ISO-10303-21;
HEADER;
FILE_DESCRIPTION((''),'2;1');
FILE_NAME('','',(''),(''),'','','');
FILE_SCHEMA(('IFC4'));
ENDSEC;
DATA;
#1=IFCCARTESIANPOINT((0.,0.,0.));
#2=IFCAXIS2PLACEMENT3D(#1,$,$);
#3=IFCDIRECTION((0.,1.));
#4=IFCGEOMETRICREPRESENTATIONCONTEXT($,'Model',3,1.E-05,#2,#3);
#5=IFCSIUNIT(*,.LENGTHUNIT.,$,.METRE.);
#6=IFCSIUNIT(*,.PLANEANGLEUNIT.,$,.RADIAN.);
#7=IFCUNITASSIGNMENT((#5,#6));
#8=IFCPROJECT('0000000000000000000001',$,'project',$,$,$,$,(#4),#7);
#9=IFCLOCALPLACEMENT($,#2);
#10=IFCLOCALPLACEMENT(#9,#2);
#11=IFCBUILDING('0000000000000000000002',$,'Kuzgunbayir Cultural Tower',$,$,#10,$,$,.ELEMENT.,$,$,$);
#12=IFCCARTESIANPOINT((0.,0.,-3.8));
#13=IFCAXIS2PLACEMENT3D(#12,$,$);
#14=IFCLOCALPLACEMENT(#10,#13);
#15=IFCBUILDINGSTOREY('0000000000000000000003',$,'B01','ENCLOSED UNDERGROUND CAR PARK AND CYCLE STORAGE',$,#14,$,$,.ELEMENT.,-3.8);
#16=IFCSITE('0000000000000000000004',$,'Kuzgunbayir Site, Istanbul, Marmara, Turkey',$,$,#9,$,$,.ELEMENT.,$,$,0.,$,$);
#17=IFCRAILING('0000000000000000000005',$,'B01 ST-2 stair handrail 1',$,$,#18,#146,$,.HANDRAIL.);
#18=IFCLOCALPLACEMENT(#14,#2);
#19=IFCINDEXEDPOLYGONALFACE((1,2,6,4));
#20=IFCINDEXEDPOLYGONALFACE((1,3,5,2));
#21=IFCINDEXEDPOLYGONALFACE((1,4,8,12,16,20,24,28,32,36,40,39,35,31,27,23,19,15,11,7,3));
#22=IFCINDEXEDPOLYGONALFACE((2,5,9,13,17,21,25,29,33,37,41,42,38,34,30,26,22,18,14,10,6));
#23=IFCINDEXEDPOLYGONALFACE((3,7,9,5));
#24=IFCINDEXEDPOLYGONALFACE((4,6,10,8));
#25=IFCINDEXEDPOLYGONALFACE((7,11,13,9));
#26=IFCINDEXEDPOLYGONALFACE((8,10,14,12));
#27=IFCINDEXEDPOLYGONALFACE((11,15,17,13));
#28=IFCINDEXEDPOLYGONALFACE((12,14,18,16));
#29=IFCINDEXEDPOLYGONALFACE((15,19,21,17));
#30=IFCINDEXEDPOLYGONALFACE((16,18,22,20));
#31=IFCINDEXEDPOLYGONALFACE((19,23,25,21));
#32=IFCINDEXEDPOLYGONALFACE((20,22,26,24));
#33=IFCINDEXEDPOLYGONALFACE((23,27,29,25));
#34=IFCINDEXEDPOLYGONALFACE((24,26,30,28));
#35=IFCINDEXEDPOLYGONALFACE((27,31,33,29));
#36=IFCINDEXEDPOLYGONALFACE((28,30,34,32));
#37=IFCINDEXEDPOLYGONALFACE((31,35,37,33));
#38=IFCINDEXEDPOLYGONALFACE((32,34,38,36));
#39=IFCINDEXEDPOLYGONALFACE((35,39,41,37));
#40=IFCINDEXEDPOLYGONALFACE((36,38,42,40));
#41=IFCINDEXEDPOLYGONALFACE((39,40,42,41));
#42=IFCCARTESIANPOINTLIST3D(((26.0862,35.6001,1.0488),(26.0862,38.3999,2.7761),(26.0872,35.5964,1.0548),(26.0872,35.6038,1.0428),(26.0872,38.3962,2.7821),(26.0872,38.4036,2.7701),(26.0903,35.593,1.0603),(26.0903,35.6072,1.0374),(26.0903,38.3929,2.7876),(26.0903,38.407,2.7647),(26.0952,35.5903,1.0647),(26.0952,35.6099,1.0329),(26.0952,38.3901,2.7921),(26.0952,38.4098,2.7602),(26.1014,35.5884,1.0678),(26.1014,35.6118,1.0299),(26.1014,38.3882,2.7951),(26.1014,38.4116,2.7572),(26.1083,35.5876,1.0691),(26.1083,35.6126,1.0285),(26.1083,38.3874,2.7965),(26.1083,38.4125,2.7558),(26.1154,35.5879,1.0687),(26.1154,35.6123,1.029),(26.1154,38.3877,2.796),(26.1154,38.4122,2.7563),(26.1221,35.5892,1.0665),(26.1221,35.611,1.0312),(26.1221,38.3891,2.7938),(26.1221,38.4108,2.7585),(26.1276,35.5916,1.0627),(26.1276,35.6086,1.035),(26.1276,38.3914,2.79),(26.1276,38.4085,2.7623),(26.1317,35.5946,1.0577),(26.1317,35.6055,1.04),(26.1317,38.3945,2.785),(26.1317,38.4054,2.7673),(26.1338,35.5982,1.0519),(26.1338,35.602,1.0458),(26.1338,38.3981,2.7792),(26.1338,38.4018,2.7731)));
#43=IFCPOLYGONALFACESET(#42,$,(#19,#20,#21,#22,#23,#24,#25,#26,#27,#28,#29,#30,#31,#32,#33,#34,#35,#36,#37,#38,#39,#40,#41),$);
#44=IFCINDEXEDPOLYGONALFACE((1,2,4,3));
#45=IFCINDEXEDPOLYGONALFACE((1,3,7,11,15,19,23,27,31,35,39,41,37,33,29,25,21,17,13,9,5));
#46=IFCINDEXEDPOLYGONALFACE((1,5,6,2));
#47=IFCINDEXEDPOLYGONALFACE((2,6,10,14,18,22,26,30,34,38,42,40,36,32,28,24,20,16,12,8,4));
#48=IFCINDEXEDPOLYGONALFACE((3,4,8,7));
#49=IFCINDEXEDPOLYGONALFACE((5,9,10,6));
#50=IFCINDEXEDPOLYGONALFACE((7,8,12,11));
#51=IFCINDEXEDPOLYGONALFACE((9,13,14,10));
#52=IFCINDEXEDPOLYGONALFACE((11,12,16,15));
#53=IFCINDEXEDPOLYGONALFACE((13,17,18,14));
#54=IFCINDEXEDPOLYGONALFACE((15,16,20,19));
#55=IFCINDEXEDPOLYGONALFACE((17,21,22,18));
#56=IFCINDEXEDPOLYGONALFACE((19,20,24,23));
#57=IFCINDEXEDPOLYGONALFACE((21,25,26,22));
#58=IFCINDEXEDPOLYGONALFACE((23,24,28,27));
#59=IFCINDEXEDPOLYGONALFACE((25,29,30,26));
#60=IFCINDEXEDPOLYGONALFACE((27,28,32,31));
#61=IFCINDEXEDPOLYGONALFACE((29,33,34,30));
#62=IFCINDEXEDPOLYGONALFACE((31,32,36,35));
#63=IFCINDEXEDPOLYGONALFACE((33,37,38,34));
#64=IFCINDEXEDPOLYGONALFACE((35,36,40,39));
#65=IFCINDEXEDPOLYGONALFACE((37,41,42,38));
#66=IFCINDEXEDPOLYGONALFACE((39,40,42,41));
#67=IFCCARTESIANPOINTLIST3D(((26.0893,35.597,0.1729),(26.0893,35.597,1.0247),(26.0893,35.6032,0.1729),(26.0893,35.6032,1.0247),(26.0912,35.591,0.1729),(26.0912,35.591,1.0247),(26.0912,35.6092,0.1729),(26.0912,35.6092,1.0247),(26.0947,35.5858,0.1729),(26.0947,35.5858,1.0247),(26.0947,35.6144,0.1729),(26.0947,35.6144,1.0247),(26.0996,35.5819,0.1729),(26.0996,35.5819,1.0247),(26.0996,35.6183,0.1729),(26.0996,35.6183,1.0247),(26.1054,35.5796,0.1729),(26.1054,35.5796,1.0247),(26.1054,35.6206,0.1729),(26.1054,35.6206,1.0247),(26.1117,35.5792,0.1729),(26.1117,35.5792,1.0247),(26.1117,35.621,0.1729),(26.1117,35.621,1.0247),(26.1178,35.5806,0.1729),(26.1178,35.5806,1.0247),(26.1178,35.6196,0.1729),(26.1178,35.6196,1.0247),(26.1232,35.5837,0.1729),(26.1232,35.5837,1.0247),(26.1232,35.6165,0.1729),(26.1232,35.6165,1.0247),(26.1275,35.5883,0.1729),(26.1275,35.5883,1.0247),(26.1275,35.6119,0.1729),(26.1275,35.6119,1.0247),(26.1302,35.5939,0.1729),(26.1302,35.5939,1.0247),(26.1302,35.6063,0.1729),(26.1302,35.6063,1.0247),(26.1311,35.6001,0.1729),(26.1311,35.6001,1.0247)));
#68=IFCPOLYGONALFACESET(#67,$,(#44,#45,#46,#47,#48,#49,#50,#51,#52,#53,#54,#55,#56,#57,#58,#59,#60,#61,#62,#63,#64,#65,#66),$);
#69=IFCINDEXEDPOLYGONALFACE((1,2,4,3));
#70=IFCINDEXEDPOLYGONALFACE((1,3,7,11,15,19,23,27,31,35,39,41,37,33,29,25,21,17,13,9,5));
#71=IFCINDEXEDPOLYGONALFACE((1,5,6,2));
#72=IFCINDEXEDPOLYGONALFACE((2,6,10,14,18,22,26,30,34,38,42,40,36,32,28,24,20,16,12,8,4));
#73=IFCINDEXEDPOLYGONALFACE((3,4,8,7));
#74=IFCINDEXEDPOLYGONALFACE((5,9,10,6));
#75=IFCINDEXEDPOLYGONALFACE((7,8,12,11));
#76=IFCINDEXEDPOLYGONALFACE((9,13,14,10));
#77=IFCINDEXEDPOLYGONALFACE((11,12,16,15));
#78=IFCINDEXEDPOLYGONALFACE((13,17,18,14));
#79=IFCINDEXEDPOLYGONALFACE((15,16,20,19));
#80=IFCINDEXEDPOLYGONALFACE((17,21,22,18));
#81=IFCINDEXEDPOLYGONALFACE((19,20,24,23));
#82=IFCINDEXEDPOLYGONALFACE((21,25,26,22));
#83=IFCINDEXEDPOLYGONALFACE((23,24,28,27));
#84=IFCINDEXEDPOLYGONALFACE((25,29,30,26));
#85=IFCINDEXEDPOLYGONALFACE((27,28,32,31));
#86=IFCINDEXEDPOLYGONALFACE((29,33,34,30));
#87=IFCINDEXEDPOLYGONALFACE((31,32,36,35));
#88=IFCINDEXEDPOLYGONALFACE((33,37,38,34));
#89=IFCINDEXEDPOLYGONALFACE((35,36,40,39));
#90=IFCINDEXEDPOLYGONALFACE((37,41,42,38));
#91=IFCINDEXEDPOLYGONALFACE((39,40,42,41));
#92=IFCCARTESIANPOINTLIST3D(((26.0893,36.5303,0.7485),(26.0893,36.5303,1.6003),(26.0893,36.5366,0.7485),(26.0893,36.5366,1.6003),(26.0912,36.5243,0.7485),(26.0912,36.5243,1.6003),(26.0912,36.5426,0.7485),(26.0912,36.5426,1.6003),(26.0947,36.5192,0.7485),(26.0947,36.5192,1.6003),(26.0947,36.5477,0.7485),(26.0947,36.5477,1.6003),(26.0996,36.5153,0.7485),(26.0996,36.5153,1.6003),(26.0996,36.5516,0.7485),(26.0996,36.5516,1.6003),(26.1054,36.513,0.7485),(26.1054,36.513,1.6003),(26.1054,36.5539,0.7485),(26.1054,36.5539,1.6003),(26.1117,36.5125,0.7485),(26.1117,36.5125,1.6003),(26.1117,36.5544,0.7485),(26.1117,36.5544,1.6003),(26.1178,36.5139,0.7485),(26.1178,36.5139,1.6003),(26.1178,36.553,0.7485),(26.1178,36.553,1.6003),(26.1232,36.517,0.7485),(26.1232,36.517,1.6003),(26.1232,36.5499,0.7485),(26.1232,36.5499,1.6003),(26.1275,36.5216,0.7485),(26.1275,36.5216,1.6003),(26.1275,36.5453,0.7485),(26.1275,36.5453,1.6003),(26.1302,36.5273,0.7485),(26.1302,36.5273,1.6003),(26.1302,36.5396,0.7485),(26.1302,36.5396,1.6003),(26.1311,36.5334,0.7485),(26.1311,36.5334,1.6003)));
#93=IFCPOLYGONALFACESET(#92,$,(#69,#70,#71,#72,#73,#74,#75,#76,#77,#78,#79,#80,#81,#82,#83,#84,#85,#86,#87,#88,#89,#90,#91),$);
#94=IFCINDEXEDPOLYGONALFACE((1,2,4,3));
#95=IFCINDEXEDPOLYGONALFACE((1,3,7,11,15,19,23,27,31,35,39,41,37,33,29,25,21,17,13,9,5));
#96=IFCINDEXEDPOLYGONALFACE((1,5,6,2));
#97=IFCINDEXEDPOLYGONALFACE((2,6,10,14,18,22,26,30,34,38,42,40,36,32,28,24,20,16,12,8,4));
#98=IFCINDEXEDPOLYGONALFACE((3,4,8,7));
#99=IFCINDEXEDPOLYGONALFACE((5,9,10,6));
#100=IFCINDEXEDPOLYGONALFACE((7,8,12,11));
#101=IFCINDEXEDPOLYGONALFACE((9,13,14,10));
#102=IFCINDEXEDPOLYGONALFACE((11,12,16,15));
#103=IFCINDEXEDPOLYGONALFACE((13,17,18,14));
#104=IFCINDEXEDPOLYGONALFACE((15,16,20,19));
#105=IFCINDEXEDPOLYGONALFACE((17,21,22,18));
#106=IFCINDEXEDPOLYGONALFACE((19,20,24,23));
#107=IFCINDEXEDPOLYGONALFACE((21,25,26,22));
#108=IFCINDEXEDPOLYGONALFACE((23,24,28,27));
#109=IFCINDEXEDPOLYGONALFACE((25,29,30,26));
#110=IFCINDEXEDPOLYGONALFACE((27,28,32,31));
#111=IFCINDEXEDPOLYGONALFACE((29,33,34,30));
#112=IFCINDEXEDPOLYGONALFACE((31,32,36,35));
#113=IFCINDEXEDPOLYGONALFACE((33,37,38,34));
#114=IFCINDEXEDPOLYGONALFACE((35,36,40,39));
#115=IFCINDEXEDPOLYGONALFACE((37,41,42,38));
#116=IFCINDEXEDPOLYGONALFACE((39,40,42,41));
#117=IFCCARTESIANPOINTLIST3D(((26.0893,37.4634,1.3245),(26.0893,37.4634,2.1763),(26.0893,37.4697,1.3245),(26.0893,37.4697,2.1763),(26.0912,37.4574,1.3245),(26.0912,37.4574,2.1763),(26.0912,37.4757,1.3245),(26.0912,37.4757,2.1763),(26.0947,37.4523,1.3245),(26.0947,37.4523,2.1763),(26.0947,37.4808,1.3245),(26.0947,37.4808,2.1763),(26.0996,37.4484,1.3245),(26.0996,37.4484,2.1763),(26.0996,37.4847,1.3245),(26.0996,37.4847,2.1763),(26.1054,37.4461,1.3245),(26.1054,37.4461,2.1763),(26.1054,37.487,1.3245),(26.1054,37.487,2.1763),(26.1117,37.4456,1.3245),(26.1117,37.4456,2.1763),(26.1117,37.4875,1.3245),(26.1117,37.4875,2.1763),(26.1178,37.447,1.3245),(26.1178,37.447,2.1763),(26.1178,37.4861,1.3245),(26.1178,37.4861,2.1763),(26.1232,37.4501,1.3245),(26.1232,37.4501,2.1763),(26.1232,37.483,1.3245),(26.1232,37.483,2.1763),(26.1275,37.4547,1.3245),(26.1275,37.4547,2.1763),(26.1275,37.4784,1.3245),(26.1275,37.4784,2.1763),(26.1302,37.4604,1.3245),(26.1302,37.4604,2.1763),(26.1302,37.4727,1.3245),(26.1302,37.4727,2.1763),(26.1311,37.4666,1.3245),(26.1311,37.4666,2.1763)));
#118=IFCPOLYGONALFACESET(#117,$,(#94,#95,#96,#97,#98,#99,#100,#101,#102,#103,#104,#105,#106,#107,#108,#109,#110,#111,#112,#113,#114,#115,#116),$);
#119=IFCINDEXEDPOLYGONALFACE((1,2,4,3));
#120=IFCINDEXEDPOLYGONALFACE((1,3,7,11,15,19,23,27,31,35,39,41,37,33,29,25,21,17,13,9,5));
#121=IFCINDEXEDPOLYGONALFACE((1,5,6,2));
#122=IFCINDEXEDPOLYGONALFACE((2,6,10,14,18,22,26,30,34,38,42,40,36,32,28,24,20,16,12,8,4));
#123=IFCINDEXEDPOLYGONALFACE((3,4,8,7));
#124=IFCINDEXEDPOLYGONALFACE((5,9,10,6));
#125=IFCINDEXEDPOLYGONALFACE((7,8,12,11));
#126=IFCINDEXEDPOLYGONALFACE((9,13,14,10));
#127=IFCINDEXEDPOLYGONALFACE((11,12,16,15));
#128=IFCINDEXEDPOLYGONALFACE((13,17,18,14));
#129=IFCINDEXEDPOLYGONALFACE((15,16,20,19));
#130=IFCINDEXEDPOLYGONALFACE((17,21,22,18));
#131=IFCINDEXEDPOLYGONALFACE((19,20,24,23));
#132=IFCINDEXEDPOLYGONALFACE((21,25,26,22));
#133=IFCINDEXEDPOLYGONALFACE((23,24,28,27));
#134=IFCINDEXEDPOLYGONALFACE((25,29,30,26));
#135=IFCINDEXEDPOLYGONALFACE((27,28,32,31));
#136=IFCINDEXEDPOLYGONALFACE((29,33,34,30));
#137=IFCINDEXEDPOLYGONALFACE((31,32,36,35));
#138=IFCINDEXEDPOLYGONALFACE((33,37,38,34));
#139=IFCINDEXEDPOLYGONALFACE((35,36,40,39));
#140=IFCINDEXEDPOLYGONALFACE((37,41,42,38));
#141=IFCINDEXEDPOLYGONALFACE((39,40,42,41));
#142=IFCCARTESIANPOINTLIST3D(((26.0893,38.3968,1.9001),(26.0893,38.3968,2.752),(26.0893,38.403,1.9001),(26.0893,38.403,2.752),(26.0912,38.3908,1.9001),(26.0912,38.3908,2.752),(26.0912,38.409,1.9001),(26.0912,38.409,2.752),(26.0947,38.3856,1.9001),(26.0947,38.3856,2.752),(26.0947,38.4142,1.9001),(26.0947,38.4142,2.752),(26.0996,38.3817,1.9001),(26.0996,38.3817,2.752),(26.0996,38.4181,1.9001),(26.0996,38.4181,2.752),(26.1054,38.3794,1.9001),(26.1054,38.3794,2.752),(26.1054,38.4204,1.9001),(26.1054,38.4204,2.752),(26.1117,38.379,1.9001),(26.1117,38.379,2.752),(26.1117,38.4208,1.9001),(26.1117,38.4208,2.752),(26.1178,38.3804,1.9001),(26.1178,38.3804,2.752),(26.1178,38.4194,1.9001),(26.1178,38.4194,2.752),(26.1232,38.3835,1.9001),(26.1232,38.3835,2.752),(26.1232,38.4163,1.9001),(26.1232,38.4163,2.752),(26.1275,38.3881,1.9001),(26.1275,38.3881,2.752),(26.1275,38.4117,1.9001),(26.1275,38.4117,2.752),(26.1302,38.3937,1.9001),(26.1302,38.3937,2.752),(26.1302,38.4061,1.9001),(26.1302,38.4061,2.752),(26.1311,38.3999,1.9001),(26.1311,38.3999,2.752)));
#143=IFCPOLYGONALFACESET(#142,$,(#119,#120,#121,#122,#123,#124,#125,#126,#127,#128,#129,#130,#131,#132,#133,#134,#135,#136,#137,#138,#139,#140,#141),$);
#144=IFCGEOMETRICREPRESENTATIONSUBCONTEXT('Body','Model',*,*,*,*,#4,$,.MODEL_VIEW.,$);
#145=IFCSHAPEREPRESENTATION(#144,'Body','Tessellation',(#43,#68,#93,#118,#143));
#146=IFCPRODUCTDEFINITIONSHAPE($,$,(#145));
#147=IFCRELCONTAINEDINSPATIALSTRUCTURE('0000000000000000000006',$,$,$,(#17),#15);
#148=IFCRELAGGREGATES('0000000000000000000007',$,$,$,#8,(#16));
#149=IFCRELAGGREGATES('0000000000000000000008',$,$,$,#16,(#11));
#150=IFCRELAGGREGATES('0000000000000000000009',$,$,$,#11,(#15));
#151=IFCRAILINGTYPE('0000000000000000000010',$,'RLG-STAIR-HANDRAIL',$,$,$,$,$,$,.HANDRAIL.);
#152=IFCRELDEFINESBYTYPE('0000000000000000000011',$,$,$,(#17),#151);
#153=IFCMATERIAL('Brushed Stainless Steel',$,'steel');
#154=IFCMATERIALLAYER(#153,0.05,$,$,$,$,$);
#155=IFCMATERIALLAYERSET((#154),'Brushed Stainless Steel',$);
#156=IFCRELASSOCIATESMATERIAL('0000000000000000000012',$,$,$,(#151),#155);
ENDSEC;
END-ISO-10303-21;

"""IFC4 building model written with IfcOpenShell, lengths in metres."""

from ifc_helpers import new_model, si_unit, direction, frame, origin, origin_2d, place, context, subcontext, project, spatial, circle, extrude, material, layer, layer_set, type_object, element, save


model = new_model("IFC4")

# Units and contexts
model_context = context("Model", 3, precision=1e-05, world=origin(), true_north=direction((0.0, 1.0)))
body_context = subcontext(model_context, "Body", "Model", "MODEL_VIEW")
ifc_project = project(units=[si_unit("LENGTHUNIT", "METRE"), si_unit("PLANEANGLEUNIT", "RADIAN")], contexts=[model_context])

# Site, building, storey
site_placement = place(None, origin())
site = spatial("IfcSite", under=ifc_project, at=site_placement, Name="Kuzgunbayir Site, Istanbul, Marmara, Turkey", CompositionType="ELEMENT", RefElevation=0.0)
building_placement = place(site_placement, origin())
building = spatial("IfcBuilding", under=site, at=building_placement, Name="Kuzgunbayir Cultural Tower", CompositionType="ELEMENT")
storey_placement = place(building_placement, frame((0.0, 0.0, -3.8)))
storey = spatial("IfcBuildingStorey", under=building, at=storey_placement, Name="B01", Description="ENCLOSED UNDERGROUND CAR PARK AND CYCLE STORAGE", CompositionType="ELEMENT", Elevation=-3.8)

# Railing
ifc_material_1 = material(Name="Brushed Stainless Steel", Category="steel")
ifc_layer_1 = layer(ifc_material_1, 0.05)
ifc_layer_set_1 = layer_set([ifc_layer_1], Name="Brushed Stainless Steel")
railing_type_1 = type_object("IfcRailingType", Name="RLG-STAIR-HANDRAIL", PredefinedType="HANDRAIL", material=ifc_layer_set_1)
railing_1_placement = place(storey_placement, frame((26.1101, 35.6001, 0.1729)))
element("IfcRailing", 1, at=railing_1_placement, inside=storey, type_object=railing_type_1, Name="B01 ST-2 stair handrail 1", PredefinedType="HANDRAIL", context=body_context, shape_type="SweptSolid", body=[
    extrude(circle(Radius=0.0239, at=origin_2d()), frame((0.0, 0.0, 0.876), z_axis=(0.0, 0.851069, 0.525054), x_axis=(-1.0, 0.0, 0.0)), (0.0, 0.0, 1.0), 3.2898),
    extrude(circle(Radius=0.021, at=origin_2d()), origin(), (0.0, 0.0, 1.0), 0.8518),
    extrude(circle(Radius=0.021, at=origin_2d()), frame((0.0, 0.9333, 0.5757)), (0.0, 0.0, 1.0), 0.8518),
    extrude(circle(Radius=0.021, at=origin_2d()), frame((0.0, 1.8665, 1.1516)), (0.0, 0.0, 1.0), 0.8518),
    extrude(circle(Radius=0.021, at=origin_2d()), frame((0.0, 2.7998, 1.7273)), (0.0, 0.0, 1.0), 0.8518),
])

save(model, "model.ifc")
